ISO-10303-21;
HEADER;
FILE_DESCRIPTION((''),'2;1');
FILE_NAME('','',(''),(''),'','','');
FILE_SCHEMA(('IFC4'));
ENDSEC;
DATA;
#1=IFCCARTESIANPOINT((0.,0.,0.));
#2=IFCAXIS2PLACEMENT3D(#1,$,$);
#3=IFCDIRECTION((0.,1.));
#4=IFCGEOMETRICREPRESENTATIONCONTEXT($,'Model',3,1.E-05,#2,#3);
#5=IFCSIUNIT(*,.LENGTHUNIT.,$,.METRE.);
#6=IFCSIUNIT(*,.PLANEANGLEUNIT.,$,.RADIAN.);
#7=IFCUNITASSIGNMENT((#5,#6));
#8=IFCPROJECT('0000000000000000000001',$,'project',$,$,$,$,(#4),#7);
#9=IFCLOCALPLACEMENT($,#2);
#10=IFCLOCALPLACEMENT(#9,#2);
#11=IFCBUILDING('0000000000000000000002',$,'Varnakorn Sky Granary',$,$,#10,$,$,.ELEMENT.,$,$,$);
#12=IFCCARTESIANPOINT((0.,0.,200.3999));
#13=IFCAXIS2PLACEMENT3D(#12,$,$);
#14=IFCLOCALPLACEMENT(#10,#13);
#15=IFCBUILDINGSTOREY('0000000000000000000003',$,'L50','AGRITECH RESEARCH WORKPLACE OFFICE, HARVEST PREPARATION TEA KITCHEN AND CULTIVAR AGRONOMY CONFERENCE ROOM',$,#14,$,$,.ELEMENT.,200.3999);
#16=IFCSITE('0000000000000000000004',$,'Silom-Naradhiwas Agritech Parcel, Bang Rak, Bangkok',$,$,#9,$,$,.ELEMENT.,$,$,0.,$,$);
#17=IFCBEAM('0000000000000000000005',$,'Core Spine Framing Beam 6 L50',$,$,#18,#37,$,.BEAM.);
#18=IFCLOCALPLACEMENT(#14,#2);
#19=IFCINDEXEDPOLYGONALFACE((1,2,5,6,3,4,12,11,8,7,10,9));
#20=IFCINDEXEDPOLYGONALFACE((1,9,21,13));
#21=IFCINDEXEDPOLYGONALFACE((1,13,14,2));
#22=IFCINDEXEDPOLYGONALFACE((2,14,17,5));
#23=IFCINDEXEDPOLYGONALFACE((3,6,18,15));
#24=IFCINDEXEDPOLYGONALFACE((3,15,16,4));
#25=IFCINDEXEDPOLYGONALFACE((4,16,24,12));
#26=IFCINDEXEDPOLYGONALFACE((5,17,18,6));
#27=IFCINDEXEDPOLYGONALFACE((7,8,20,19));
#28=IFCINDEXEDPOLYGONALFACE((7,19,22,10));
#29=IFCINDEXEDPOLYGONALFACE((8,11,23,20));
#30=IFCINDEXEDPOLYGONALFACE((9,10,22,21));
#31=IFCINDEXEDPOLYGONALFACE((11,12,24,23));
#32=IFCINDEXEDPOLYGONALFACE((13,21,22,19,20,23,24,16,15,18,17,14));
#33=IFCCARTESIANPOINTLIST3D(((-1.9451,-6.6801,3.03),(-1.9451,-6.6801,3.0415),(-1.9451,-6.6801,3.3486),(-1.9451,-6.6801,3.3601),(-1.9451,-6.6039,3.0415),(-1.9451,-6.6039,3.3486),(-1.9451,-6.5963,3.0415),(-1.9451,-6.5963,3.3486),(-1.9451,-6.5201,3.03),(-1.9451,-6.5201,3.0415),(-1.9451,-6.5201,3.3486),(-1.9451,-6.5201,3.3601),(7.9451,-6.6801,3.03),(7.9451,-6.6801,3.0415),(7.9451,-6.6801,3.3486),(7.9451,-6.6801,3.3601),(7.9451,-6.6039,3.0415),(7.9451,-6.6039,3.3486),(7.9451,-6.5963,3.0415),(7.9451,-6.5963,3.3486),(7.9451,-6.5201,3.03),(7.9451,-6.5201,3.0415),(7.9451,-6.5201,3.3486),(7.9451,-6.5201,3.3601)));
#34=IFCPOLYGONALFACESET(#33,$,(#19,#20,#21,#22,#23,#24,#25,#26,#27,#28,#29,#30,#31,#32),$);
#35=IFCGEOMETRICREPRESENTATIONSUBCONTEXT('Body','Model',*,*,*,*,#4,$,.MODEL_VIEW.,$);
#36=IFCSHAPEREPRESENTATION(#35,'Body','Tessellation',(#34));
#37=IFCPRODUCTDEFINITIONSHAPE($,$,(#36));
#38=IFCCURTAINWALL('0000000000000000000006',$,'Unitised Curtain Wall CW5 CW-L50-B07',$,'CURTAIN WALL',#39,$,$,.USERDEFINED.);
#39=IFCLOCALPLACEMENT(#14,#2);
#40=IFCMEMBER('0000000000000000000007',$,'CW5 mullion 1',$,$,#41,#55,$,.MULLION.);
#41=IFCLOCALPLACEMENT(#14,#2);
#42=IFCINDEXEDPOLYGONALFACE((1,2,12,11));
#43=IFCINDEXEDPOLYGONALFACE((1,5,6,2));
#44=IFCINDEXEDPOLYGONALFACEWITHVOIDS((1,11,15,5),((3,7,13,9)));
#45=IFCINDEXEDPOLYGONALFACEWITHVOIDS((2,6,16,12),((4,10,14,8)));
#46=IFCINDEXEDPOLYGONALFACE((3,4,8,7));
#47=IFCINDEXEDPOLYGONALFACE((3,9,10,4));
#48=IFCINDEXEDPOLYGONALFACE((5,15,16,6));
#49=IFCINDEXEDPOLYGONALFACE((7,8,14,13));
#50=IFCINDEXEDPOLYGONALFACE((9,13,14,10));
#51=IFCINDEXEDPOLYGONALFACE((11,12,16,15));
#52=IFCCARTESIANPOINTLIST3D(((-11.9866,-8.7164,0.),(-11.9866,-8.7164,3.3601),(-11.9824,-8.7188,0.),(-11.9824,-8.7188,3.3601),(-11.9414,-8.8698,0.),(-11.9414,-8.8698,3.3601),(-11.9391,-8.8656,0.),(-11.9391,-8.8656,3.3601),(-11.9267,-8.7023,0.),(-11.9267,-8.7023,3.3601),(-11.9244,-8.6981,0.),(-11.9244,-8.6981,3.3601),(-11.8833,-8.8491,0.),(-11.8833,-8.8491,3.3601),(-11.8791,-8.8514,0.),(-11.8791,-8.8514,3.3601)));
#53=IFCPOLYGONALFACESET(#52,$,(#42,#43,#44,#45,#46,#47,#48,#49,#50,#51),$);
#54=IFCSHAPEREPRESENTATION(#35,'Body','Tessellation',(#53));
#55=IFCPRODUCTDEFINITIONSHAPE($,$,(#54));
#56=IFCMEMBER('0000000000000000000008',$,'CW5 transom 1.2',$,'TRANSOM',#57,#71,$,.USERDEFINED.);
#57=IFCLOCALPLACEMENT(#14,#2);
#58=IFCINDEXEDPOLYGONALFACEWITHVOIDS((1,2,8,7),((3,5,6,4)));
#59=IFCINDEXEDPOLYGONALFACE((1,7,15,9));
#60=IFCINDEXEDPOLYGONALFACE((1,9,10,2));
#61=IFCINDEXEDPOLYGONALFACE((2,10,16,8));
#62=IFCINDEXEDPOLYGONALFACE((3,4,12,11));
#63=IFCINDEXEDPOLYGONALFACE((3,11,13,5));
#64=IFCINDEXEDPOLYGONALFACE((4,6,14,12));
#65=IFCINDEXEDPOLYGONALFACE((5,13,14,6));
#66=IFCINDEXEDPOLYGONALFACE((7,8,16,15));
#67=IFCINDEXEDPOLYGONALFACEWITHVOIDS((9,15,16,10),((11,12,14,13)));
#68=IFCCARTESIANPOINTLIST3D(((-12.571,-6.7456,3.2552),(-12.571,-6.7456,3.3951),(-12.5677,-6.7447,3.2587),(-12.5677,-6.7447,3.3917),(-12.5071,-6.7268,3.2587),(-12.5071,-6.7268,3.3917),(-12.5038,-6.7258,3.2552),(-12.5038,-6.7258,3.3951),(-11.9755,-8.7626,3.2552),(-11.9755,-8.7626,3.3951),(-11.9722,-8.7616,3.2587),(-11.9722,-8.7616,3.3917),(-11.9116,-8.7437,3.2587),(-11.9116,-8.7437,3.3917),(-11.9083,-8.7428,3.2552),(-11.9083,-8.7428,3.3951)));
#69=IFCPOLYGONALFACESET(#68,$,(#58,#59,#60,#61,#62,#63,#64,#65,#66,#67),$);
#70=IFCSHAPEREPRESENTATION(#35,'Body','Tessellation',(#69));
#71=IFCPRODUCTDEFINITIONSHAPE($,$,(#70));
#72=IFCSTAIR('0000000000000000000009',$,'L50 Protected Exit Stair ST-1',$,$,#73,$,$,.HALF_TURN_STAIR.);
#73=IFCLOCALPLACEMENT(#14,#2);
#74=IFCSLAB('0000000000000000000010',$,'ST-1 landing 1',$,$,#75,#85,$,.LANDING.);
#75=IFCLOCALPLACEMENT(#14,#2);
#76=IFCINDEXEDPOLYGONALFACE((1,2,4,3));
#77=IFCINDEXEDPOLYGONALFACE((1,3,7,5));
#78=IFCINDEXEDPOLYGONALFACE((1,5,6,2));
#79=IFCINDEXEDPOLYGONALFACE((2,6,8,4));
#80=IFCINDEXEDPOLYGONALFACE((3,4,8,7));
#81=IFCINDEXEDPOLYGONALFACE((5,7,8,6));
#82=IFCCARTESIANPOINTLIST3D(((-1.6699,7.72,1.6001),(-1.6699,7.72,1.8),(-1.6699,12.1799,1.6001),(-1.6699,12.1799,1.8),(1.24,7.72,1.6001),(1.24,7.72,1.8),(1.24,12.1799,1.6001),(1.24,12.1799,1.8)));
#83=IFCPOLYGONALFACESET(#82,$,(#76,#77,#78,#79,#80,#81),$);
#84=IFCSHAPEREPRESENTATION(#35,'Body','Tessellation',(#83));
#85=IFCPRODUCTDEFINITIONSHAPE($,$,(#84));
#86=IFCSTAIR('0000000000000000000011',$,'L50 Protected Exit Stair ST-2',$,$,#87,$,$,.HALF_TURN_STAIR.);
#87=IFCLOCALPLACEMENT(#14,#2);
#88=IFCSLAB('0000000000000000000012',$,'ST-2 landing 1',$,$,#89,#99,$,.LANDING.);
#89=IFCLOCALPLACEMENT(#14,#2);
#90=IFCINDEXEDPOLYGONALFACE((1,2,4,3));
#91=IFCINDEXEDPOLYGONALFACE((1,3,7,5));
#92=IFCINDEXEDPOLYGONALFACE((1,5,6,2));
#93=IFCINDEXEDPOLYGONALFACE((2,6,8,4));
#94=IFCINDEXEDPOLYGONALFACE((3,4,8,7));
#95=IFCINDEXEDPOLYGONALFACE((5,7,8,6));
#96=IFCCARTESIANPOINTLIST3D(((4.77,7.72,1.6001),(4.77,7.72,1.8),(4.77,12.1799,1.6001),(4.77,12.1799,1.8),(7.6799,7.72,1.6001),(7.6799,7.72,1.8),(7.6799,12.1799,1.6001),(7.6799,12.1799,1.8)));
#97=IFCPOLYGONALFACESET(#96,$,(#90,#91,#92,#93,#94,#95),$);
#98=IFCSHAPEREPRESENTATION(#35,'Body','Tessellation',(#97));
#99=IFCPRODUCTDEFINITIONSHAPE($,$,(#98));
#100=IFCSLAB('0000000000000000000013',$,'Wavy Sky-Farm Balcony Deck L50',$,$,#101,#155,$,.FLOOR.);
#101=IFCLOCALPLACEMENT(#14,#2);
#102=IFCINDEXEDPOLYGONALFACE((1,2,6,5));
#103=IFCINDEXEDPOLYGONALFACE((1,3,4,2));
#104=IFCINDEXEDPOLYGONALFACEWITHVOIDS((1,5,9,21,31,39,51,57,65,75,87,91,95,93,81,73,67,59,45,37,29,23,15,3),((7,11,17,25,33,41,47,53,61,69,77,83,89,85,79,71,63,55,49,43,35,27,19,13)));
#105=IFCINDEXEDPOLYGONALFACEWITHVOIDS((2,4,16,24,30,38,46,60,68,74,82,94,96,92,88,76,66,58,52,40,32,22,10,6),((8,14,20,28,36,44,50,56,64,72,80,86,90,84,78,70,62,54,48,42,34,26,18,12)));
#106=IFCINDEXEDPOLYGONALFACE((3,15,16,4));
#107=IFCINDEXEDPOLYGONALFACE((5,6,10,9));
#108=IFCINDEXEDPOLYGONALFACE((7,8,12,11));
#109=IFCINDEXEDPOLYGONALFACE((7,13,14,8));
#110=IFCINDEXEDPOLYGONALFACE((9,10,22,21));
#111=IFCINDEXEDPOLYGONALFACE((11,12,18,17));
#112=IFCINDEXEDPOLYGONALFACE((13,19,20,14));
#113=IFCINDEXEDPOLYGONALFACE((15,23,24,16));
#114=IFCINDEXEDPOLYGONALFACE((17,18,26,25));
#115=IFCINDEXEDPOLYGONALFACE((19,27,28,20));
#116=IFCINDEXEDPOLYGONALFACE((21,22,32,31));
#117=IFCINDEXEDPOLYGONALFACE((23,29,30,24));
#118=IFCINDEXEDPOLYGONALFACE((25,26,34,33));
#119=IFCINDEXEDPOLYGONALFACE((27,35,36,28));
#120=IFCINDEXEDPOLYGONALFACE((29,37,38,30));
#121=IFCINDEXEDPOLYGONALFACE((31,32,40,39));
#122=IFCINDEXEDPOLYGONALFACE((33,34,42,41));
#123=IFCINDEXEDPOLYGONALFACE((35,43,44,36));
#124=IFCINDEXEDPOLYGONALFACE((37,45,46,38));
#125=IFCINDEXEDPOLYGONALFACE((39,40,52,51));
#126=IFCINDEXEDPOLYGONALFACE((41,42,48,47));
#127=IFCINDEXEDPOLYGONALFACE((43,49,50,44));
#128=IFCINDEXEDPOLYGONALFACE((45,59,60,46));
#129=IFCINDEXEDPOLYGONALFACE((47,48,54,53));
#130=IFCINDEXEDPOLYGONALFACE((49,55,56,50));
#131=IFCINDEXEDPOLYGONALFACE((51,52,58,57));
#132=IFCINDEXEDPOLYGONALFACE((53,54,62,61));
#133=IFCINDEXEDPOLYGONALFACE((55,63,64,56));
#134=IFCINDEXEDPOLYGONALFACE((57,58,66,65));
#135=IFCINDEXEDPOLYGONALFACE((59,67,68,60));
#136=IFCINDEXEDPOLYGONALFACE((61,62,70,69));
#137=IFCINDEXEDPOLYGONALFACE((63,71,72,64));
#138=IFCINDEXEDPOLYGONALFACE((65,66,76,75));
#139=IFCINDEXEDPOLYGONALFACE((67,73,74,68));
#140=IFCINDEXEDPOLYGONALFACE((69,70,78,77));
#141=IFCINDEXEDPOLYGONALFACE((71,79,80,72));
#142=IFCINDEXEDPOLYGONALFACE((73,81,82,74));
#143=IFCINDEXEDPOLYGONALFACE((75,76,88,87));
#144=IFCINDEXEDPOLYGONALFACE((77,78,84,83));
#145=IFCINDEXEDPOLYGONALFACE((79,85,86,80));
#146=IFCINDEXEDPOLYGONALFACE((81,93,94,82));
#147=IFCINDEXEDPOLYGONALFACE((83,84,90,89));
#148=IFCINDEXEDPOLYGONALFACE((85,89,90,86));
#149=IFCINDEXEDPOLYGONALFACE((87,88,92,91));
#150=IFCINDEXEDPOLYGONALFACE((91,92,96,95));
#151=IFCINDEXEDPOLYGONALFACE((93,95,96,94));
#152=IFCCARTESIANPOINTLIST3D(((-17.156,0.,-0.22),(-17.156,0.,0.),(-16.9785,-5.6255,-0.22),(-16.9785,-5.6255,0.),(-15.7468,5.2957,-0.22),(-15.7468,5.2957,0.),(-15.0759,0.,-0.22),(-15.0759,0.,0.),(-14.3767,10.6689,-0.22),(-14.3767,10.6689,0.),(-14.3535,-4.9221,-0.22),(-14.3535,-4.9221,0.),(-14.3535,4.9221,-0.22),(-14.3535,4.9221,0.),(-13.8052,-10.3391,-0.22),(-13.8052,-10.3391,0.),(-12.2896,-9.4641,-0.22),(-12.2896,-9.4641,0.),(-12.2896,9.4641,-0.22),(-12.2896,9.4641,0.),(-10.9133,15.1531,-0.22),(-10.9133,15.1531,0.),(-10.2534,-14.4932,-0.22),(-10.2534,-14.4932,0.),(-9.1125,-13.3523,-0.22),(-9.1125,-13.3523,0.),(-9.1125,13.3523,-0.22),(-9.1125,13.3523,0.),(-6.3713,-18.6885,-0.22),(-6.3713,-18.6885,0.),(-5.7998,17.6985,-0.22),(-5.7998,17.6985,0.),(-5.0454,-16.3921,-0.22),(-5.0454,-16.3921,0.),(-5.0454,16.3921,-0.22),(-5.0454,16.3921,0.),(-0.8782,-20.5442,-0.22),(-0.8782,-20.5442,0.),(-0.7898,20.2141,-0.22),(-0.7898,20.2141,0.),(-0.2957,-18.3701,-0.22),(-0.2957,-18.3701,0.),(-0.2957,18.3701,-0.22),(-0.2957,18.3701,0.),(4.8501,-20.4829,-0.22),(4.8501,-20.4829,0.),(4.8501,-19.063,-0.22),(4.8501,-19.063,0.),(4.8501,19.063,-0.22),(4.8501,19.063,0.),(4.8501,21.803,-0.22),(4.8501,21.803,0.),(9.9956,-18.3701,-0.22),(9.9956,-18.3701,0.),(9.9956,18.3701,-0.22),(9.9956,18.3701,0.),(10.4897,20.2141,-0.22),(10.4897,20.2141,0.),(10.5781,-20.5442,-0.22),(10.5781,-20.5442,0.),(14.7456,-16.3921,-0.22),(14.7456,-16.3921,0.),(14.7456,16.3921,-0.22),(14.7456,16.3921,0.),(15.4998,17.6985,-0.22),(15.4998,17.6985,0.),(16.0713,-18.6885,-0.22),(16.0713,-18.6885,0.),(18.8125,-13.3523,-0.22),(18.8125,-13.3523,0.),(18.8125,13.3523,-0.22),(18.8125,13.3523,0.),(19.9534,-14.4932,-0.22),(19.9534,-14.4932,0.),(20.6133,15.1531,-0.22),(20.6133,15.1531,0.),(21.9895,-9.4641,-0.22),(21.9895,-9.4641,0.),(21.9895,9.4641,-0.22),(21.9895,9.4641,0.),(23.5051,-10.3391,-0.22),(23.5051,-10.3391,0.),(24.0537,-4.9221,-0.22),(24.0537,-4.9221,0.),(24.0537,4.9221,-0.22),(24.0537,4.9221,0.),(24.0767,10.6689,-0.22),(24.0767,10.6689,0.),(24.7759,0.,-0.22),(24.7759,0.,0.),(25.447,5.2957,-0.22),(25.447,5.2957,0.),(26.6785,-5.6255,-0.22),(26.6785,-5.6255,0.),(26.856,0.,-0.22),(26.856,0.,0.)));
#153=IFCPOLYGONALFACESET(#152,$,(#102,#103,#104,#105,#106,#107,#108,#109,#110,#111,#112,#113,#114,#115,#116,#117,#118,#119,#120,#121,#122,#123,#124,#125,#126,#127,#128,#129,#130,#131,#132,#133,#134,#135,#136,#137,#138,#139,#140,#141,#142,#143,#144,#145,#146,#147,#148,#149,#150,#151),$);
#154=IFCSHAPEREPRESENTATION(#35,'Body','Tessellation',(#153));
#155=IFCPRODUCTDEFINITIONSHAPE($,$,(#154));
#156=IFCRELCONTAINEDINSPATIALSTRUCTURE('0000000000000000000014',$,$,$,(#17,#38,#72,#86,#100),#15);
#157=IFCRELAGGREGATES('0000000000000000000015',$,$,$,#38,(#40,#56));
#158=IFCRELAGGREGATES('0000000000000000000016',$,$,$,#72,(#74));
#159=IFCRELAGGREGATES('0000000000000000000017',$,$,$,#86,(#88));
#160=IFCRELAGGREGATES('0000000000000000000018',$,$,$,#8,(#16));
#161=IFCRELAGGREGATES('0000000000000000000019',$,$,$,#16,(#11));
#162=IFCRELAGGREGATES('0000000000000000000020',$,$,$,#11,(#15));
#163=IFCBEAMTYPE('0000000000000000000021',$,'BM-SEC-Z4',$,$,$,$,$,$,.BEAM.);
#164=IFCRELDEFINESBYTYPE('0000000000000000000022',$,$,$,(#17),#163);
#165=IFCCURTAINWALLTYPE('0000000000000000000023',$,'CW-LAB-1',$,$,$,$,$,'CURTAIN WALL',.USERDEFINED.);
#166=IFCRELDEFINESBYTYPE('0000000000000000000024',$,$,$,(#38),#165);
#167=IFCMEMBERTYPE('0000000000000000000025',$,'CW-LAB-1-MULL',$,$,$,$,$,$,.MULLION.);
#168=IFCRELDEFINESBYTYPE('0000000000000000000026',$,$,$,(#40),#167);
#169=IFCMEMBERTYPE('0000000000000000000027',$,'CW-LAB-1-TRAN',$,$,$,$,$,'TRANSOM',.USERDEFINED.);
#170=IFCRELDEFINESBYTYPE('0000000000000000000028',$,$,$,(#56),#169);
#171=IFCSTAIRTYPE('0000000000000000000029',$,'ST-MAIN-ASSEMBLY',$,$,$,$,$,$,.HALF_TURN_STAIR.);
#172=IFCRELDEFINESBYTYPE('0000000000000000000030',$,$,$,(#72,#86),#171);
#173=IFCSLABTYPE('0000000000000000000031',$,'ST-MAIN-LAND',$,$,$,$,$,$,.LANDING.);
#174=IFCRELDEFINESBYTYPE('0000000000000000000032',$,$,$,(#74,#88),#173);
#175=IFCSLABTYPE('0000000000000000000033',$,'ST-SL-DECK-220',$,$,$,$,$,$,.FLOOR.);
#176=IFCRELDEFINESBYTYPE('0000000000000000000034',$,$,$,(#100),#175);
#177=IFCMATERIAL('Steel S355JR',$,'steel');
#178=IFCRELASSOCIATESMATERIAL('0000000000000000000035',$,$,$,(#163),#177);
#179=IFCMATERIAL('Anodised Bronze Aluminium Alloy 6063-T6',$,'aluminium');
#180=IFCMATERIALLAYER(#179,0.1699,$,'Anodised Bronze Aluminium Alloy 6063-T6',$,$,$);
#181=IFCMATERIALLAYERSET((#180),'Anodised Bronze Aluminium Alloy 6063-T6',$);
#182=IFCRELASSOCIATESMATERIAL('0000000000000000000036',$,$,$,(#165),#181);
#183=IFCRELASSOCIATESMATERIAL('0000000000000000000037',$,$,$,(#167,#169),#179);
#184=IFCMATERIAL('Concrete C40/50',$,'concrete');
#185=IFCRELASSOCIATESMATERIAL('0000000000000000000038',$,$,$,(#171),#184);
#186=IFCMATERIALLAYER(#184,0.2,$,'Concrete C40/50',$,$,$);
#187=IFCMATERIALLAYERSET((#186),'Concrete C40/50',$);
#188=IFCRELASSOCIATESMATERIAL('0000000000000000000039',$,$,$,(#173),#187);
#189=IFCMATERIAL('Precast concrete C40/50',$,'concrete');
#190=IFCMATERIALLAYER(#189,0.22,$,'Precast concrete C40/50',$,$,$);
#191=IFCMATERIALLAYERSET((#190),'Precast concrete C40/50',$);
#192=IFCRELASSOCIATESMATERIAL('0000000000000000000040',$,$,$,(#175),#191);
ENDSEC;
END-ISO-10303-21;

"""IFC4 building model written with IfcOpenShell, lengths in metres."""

from ifc_helpers import new_model, si_unit, direction, frame, origin, origin_2d, place, context, subcontext, project, spatial, polyline, hollow_rectangle, i_section, outline, extrude, material, layer, layer_set, material_profile, profile_set, type_object, element, aggregate, save


model = new_model("IFC4")

# Units and contexts
model_context = context("Model", 3, precision=1e-05, world=origin(), true_north=direction((0.0, 1.0)))
body_context = subcontext(model_context, "Body", "Model", "MODEL_VIEW")
ifc_project = project(units=[si_unit("LENGTHUNIT", "METRE"), si_unit("PLANEANGLEUNIT", "RADIAN")], contexts=[model_context])

# Site, building, storey
site_placement = place(None, origin())
site = spatial("IfcSite", under=ifc_project, at=site_placement, Name="Silom-Naradhiwas Agritech Parcel, Bang Rak, Bangkok", CompositionType="ELEMENT", RefElevation=0.0)
building_placement = place(site_placement, origin())
building = spatial("IfcBuilding", under=site, at=building_placement, Name="Varnakorn Sky Granary", CompositionType="ELEMENT")
storey_placement = place(building_placement, frame((0.0, 0.0, 200.3999)))
storey = spatial("IfcBuildingStorey", under=building, at=storey_placement, Name="L50", Description="AGRITECH RESEARCH WORKPLACE OFFICE, HARVEST PREPARATION TEA KITCHEN AND CULTIVAR AGRONOMY CONFERENCE ROOM", CompositionType="ELEMENT", Elevation=200.3999)

# Beam
ifc_material_1 = material(Name="Steel S355JR", Category="steel")
ifc_material_profile_1 = material_profile(ifc_material_1, i_section(OverallWidth=0.1599, OverallDepth=0.3301, WebThickness=0.0076, FlangeThickness=0.0115, at=origin_2d()), Name="IPE 330")
ifc_profile_set_1 = profile_set([ifc_material_profile_1], Name="Steel S355JR")
beam_type_1 = type_object("IfcBeamType", Name="BM-SEC-Z4", PredefinedType="BEAM", material=ifc_profile_set_1)
for number, where, z_axis, x_axis, name in (
    (1, (-1.9451, -6.6001, 3.1951), (1.0, 0.0, 0.0), (0.0, 1.0, 0.0), "Core Spine Framing Beam 6 L50"),
):
    element("IfcBeam", number, at=place(storey_placement, frame(where, z_axis=z_axis, x_axis=x_axis)), inside=storey, type_object=beam_type_1, Name=name, PredefinedType="BEAM", context=body_context, shape_type="SweptSolid", body=[
        extrude(i_section(OverallWidth=0.1599, OverallDepth=0.3301, WebThickness=0.0076, FlangeThickness=0.0115, at=origin_2d()), origin(), (0.0, 0.0, 1.0), 9.8901),
    ])

# Curtain wall, members
ifc_material_2 = material(Name="Anodised Bronze Aluminium Alloy 6063-T6", Category="aluminium")
ifc_layer_1 = layer(ifc_material_2, 0.1699, Name="Anodised Bronze Aluminium Alloy 6063-T6")
ifc_layer_set_1 = layer_set([ifc_layer_1], Name="Anodised Bronze Aluminium Alloy 6063-T6")
curtain_wall_type = type_object("IfcCurtainWallType", Name="CW-LAB-1", ElementType="CURTAIN WALL", PredefinedType="USERDEFINED", material=ifc_layer_set_1)
curtain_wall_placement = place(storey_placement, origin())
curtain_wall = element("IfcCurtainWall", 2, at=curtain_wall_placement, inside=storey, type_object=curtain_wall_type, Name="Unitised Curtain Wall CW5 CW-L50-B07", ObjectType="CURTAIN WALL", PredefinedType="USERDEFINED")
ifc_material_profile_2 = material_profile(ifc_material_2, hollow_rectangle(XDim=0.0649, YDim=0.1599, WallThickness=0.0034, at=origin_2d()), Name="ALU MULL 65x160")
ifc_profile_set_2 = profile_set([ifc_material_profile_2], Name="Anodised Bronze Aluminium Alloy 6063-T6")
member_type_1 = type_object("IfcMemberType", Name="CW-LAB-1-MULL", PredefinedType="MULLION", material=ifc_profile_set_2)
member_1_placement = place(storey_placement, frame((-11.9329, -8.7839, 0.0), z_axis=(0.0, 0.0, 1.0), x_axis=(-0.959077, -0.283144, 0.0)))
member_1 = element("IfcMember", 3, at=member_1_placement, type_object=member_type_1, Name="CW5 mullion 1", PredefinedType="MULLION", context=body_context, shape_type="SweptSolid", body=[
    extrude(hollow_rectangle(XDim=0.0649, YDim=0.1599, WallThickness=0.0034, at=origin_2d()), origin(), (0.0, 0.0, 1.0), 3.3601),
])
ifc_material_profile_3 = material_profile(ifc_material_2, hollow_rectangle(XDim=0.0701, YDim=0.1399, WallThickness=0.0034, at=origin_2d()), Name="ALU TRAN 70x140")
ifc_profile_set_3 = profile_set([ifc_material_profile_3], Name="Anodised Bronze Aluminium Alloy 6063-T6")
member_type_2 = type_object("IfcMemberType", Name="CW-LAB-1-TRAN", ElementType="TRANSOM", PredefinedType="USERDEFINED", material=ifc_profile_set_3)
member_2_placement = place(storey_placement, frame((-11.9419, -8.7527, 3.3252), z_axis=(-0.283159, 0.959073, 0.0), x_axis=(-0.959073, -0.283159, 0.0)))
member_2 = element("IfcMember", 4, at=member_2_placement, type_object=member_type_2, Name="CW5 transom 1.2", ObjectType="TRANSOM", PredefinedType="USERDEFINED", context=body_context, shape_type="SweptSolid", body=[
    extrude(hollow_rectangle(XDim=0.0701, YDim=0.1399, WallThickness=0.0034, at=origin_2d()), origin(), (0.0, 0.0, 1.0), 2.103),
])
aggregate(curtain_wall, [member_1, member_2])

# Stairs, slabs
ifc_material_3 = material(Name="Concrete C40/50", Category="concrete")
stair_type = type_object("IfcStairType", Name="ST-MAIN-ASSEMBLY", PredefinedType="HALF_TURN_STAIR", material=ifc_material_3)
stair_1_placement = place(storey_placement, origin())
stair_1 = element("IfcStair", 5, at=stair_1_placement, inside=storey, type_object=stair_type, Name="L50 Protected Exit Stair ST-1", PredefinedType="HALF_TURN_STAIR")
ifc_layer_2 = layer(ifc_material_3, 0.2, Name="Concrete C40/50")
ifc_layer_set_2 = layer_set([ifc_layer_2], Name="Concrete C40/50")
slab_type_1 = type_object("IfcSlabType", Name="ST-MAIN-LAND", PredefinedType="LANDING", material=ifc_layer_set_2)
slab_1_placement = place(storey_placement, frame((0.0, 0.0, 1.6001)))
slab_1 = element("IfcSlab", 6, at=slab_1_placement, type_object=slab_type_1, Name="ST-1 landing 1", PredefinedType="LANDING", context=body_context, shape_type="SweptSolid", body=[
    extrude(outline(polyline([(1.24, 7.72), (1.24, 12.1799), (-1.6699, 12.1799), (-1.6699, 7.72), (1.24, 7.72)])), origin(), (0.0, 0.0, 1.0), 0.2),
])
aggregate(stair_1, [slab_1])
stair_2_placement = place(storey_placement, origin())
stair_2 = element("IfcStair", 7, at=stair_2_placement, inside=storey, type_object=stair_type, Name="L50 Protected Exit Stair ST-2", PredefinedType="HALF_TURN_STAIR")
slab_2_placement = place(storey_placement, frame((0.0, 0.0, 1.6001)))
slab_2 = element("IfcSlab", 8, at=slab_2_placement, type_object=slab_type_1, Name="ST-2 landing 1", PredefinedType="LANDING", context=body_context, shape_type="SweptSolid", body=[
    extrude(outline(polyline([(7.6799, 7.72), (7.6799, 12.1799), (4.77, 12.1799), (4.77, 7.72), (7.6799, 7.72)])), origin(), (0.0, 0.0, 1.0), 0.2),
])
aggregate(stair_2, [slab_2])

# Slab
ifc_material_4 = material(Name="Precast concrete C40/50", Category="concrete")
ifc_layer_3 = layer(ifc_material_4, 0.22, Name="Precast concrete C40/50")
ifc_layer_set_3 = layer_set([ifc_layer_3], Name="Precast concrete C40/50")
slab_type_2 = type_object("IfcSlabType", Name="ST-SL-DECK-220", PredefinedType="FLOOR", material=ifc_layer_set_3)
slab_3_placement = place(storey_placement, frame((0.0, 0.0, -0.22)))
element("IfcSlab", 9, at=slab_3_placement, inside=storey, type_object=slab_type_2, Name="Wavy Sky-Farm Balcony Deck L50", PredefinedType="FLOOR", context=body_context, shape_type="SweptSolid", body=[
    extrude(outline(polyline([(26.856, 0.0), (25.447, 5.2957), (24.0767, 10.6689), (20.6133, 15.1531), (15.4998, 17.6985), (10.4897, 20.2141), (4.8501, 21.803), (-0.7898, 20.2141), (-5.7998, 17.6985), (-10.9133, 15.1531), (-14.3767, 10.6689), (-15.7468, 5.2957), (-17.156, 0.0), (-16.9785, -5.6255), (-13.8052, -10.3391), (-10.2534, -14.4932), (-6.3713, -18.6885), (-0.8782, -20.5442), (4.8501, -20.4829), (10.5781, -20.5442), (16.0713, -18.6885), (19.9534, -14.4932), (23.5051, -10.3391), (26.6785, -5.6255), (26.856, 0.0)]), holes=[polyline([(24.7759, 0.0), (24.0537, 4.9221), (21.9895, 9.4641), (18.8125, 13.3523), (14.7456, 16.3921), (9.9956, 18.3701), (4.8501, 19.063), (-0.2957, 18.3701), (-5.0454, 16.3921), (-9.1125, 13.3523), (-12.2896, 9.4641), (-14.3535, 4.9221), (-15.0759, 0.0), (-14.3535, -4.9221), (-12.2896, -9.4641), (-9.1125, -13.3523), (-5.0454, -16.3921), (-0.2957, -18.3701), (4.8501, -19.063), (9.9956, -18.3701), (14.7456, -16.3921), (18.8125, -13.3523), (21.9895, -9.4641), (24.0537, -4.9221), (24.7759, 0.0)])]), origin(), (0.0, 0.0, 1.0), 0.22),
])

save(model, "model.ifc")
